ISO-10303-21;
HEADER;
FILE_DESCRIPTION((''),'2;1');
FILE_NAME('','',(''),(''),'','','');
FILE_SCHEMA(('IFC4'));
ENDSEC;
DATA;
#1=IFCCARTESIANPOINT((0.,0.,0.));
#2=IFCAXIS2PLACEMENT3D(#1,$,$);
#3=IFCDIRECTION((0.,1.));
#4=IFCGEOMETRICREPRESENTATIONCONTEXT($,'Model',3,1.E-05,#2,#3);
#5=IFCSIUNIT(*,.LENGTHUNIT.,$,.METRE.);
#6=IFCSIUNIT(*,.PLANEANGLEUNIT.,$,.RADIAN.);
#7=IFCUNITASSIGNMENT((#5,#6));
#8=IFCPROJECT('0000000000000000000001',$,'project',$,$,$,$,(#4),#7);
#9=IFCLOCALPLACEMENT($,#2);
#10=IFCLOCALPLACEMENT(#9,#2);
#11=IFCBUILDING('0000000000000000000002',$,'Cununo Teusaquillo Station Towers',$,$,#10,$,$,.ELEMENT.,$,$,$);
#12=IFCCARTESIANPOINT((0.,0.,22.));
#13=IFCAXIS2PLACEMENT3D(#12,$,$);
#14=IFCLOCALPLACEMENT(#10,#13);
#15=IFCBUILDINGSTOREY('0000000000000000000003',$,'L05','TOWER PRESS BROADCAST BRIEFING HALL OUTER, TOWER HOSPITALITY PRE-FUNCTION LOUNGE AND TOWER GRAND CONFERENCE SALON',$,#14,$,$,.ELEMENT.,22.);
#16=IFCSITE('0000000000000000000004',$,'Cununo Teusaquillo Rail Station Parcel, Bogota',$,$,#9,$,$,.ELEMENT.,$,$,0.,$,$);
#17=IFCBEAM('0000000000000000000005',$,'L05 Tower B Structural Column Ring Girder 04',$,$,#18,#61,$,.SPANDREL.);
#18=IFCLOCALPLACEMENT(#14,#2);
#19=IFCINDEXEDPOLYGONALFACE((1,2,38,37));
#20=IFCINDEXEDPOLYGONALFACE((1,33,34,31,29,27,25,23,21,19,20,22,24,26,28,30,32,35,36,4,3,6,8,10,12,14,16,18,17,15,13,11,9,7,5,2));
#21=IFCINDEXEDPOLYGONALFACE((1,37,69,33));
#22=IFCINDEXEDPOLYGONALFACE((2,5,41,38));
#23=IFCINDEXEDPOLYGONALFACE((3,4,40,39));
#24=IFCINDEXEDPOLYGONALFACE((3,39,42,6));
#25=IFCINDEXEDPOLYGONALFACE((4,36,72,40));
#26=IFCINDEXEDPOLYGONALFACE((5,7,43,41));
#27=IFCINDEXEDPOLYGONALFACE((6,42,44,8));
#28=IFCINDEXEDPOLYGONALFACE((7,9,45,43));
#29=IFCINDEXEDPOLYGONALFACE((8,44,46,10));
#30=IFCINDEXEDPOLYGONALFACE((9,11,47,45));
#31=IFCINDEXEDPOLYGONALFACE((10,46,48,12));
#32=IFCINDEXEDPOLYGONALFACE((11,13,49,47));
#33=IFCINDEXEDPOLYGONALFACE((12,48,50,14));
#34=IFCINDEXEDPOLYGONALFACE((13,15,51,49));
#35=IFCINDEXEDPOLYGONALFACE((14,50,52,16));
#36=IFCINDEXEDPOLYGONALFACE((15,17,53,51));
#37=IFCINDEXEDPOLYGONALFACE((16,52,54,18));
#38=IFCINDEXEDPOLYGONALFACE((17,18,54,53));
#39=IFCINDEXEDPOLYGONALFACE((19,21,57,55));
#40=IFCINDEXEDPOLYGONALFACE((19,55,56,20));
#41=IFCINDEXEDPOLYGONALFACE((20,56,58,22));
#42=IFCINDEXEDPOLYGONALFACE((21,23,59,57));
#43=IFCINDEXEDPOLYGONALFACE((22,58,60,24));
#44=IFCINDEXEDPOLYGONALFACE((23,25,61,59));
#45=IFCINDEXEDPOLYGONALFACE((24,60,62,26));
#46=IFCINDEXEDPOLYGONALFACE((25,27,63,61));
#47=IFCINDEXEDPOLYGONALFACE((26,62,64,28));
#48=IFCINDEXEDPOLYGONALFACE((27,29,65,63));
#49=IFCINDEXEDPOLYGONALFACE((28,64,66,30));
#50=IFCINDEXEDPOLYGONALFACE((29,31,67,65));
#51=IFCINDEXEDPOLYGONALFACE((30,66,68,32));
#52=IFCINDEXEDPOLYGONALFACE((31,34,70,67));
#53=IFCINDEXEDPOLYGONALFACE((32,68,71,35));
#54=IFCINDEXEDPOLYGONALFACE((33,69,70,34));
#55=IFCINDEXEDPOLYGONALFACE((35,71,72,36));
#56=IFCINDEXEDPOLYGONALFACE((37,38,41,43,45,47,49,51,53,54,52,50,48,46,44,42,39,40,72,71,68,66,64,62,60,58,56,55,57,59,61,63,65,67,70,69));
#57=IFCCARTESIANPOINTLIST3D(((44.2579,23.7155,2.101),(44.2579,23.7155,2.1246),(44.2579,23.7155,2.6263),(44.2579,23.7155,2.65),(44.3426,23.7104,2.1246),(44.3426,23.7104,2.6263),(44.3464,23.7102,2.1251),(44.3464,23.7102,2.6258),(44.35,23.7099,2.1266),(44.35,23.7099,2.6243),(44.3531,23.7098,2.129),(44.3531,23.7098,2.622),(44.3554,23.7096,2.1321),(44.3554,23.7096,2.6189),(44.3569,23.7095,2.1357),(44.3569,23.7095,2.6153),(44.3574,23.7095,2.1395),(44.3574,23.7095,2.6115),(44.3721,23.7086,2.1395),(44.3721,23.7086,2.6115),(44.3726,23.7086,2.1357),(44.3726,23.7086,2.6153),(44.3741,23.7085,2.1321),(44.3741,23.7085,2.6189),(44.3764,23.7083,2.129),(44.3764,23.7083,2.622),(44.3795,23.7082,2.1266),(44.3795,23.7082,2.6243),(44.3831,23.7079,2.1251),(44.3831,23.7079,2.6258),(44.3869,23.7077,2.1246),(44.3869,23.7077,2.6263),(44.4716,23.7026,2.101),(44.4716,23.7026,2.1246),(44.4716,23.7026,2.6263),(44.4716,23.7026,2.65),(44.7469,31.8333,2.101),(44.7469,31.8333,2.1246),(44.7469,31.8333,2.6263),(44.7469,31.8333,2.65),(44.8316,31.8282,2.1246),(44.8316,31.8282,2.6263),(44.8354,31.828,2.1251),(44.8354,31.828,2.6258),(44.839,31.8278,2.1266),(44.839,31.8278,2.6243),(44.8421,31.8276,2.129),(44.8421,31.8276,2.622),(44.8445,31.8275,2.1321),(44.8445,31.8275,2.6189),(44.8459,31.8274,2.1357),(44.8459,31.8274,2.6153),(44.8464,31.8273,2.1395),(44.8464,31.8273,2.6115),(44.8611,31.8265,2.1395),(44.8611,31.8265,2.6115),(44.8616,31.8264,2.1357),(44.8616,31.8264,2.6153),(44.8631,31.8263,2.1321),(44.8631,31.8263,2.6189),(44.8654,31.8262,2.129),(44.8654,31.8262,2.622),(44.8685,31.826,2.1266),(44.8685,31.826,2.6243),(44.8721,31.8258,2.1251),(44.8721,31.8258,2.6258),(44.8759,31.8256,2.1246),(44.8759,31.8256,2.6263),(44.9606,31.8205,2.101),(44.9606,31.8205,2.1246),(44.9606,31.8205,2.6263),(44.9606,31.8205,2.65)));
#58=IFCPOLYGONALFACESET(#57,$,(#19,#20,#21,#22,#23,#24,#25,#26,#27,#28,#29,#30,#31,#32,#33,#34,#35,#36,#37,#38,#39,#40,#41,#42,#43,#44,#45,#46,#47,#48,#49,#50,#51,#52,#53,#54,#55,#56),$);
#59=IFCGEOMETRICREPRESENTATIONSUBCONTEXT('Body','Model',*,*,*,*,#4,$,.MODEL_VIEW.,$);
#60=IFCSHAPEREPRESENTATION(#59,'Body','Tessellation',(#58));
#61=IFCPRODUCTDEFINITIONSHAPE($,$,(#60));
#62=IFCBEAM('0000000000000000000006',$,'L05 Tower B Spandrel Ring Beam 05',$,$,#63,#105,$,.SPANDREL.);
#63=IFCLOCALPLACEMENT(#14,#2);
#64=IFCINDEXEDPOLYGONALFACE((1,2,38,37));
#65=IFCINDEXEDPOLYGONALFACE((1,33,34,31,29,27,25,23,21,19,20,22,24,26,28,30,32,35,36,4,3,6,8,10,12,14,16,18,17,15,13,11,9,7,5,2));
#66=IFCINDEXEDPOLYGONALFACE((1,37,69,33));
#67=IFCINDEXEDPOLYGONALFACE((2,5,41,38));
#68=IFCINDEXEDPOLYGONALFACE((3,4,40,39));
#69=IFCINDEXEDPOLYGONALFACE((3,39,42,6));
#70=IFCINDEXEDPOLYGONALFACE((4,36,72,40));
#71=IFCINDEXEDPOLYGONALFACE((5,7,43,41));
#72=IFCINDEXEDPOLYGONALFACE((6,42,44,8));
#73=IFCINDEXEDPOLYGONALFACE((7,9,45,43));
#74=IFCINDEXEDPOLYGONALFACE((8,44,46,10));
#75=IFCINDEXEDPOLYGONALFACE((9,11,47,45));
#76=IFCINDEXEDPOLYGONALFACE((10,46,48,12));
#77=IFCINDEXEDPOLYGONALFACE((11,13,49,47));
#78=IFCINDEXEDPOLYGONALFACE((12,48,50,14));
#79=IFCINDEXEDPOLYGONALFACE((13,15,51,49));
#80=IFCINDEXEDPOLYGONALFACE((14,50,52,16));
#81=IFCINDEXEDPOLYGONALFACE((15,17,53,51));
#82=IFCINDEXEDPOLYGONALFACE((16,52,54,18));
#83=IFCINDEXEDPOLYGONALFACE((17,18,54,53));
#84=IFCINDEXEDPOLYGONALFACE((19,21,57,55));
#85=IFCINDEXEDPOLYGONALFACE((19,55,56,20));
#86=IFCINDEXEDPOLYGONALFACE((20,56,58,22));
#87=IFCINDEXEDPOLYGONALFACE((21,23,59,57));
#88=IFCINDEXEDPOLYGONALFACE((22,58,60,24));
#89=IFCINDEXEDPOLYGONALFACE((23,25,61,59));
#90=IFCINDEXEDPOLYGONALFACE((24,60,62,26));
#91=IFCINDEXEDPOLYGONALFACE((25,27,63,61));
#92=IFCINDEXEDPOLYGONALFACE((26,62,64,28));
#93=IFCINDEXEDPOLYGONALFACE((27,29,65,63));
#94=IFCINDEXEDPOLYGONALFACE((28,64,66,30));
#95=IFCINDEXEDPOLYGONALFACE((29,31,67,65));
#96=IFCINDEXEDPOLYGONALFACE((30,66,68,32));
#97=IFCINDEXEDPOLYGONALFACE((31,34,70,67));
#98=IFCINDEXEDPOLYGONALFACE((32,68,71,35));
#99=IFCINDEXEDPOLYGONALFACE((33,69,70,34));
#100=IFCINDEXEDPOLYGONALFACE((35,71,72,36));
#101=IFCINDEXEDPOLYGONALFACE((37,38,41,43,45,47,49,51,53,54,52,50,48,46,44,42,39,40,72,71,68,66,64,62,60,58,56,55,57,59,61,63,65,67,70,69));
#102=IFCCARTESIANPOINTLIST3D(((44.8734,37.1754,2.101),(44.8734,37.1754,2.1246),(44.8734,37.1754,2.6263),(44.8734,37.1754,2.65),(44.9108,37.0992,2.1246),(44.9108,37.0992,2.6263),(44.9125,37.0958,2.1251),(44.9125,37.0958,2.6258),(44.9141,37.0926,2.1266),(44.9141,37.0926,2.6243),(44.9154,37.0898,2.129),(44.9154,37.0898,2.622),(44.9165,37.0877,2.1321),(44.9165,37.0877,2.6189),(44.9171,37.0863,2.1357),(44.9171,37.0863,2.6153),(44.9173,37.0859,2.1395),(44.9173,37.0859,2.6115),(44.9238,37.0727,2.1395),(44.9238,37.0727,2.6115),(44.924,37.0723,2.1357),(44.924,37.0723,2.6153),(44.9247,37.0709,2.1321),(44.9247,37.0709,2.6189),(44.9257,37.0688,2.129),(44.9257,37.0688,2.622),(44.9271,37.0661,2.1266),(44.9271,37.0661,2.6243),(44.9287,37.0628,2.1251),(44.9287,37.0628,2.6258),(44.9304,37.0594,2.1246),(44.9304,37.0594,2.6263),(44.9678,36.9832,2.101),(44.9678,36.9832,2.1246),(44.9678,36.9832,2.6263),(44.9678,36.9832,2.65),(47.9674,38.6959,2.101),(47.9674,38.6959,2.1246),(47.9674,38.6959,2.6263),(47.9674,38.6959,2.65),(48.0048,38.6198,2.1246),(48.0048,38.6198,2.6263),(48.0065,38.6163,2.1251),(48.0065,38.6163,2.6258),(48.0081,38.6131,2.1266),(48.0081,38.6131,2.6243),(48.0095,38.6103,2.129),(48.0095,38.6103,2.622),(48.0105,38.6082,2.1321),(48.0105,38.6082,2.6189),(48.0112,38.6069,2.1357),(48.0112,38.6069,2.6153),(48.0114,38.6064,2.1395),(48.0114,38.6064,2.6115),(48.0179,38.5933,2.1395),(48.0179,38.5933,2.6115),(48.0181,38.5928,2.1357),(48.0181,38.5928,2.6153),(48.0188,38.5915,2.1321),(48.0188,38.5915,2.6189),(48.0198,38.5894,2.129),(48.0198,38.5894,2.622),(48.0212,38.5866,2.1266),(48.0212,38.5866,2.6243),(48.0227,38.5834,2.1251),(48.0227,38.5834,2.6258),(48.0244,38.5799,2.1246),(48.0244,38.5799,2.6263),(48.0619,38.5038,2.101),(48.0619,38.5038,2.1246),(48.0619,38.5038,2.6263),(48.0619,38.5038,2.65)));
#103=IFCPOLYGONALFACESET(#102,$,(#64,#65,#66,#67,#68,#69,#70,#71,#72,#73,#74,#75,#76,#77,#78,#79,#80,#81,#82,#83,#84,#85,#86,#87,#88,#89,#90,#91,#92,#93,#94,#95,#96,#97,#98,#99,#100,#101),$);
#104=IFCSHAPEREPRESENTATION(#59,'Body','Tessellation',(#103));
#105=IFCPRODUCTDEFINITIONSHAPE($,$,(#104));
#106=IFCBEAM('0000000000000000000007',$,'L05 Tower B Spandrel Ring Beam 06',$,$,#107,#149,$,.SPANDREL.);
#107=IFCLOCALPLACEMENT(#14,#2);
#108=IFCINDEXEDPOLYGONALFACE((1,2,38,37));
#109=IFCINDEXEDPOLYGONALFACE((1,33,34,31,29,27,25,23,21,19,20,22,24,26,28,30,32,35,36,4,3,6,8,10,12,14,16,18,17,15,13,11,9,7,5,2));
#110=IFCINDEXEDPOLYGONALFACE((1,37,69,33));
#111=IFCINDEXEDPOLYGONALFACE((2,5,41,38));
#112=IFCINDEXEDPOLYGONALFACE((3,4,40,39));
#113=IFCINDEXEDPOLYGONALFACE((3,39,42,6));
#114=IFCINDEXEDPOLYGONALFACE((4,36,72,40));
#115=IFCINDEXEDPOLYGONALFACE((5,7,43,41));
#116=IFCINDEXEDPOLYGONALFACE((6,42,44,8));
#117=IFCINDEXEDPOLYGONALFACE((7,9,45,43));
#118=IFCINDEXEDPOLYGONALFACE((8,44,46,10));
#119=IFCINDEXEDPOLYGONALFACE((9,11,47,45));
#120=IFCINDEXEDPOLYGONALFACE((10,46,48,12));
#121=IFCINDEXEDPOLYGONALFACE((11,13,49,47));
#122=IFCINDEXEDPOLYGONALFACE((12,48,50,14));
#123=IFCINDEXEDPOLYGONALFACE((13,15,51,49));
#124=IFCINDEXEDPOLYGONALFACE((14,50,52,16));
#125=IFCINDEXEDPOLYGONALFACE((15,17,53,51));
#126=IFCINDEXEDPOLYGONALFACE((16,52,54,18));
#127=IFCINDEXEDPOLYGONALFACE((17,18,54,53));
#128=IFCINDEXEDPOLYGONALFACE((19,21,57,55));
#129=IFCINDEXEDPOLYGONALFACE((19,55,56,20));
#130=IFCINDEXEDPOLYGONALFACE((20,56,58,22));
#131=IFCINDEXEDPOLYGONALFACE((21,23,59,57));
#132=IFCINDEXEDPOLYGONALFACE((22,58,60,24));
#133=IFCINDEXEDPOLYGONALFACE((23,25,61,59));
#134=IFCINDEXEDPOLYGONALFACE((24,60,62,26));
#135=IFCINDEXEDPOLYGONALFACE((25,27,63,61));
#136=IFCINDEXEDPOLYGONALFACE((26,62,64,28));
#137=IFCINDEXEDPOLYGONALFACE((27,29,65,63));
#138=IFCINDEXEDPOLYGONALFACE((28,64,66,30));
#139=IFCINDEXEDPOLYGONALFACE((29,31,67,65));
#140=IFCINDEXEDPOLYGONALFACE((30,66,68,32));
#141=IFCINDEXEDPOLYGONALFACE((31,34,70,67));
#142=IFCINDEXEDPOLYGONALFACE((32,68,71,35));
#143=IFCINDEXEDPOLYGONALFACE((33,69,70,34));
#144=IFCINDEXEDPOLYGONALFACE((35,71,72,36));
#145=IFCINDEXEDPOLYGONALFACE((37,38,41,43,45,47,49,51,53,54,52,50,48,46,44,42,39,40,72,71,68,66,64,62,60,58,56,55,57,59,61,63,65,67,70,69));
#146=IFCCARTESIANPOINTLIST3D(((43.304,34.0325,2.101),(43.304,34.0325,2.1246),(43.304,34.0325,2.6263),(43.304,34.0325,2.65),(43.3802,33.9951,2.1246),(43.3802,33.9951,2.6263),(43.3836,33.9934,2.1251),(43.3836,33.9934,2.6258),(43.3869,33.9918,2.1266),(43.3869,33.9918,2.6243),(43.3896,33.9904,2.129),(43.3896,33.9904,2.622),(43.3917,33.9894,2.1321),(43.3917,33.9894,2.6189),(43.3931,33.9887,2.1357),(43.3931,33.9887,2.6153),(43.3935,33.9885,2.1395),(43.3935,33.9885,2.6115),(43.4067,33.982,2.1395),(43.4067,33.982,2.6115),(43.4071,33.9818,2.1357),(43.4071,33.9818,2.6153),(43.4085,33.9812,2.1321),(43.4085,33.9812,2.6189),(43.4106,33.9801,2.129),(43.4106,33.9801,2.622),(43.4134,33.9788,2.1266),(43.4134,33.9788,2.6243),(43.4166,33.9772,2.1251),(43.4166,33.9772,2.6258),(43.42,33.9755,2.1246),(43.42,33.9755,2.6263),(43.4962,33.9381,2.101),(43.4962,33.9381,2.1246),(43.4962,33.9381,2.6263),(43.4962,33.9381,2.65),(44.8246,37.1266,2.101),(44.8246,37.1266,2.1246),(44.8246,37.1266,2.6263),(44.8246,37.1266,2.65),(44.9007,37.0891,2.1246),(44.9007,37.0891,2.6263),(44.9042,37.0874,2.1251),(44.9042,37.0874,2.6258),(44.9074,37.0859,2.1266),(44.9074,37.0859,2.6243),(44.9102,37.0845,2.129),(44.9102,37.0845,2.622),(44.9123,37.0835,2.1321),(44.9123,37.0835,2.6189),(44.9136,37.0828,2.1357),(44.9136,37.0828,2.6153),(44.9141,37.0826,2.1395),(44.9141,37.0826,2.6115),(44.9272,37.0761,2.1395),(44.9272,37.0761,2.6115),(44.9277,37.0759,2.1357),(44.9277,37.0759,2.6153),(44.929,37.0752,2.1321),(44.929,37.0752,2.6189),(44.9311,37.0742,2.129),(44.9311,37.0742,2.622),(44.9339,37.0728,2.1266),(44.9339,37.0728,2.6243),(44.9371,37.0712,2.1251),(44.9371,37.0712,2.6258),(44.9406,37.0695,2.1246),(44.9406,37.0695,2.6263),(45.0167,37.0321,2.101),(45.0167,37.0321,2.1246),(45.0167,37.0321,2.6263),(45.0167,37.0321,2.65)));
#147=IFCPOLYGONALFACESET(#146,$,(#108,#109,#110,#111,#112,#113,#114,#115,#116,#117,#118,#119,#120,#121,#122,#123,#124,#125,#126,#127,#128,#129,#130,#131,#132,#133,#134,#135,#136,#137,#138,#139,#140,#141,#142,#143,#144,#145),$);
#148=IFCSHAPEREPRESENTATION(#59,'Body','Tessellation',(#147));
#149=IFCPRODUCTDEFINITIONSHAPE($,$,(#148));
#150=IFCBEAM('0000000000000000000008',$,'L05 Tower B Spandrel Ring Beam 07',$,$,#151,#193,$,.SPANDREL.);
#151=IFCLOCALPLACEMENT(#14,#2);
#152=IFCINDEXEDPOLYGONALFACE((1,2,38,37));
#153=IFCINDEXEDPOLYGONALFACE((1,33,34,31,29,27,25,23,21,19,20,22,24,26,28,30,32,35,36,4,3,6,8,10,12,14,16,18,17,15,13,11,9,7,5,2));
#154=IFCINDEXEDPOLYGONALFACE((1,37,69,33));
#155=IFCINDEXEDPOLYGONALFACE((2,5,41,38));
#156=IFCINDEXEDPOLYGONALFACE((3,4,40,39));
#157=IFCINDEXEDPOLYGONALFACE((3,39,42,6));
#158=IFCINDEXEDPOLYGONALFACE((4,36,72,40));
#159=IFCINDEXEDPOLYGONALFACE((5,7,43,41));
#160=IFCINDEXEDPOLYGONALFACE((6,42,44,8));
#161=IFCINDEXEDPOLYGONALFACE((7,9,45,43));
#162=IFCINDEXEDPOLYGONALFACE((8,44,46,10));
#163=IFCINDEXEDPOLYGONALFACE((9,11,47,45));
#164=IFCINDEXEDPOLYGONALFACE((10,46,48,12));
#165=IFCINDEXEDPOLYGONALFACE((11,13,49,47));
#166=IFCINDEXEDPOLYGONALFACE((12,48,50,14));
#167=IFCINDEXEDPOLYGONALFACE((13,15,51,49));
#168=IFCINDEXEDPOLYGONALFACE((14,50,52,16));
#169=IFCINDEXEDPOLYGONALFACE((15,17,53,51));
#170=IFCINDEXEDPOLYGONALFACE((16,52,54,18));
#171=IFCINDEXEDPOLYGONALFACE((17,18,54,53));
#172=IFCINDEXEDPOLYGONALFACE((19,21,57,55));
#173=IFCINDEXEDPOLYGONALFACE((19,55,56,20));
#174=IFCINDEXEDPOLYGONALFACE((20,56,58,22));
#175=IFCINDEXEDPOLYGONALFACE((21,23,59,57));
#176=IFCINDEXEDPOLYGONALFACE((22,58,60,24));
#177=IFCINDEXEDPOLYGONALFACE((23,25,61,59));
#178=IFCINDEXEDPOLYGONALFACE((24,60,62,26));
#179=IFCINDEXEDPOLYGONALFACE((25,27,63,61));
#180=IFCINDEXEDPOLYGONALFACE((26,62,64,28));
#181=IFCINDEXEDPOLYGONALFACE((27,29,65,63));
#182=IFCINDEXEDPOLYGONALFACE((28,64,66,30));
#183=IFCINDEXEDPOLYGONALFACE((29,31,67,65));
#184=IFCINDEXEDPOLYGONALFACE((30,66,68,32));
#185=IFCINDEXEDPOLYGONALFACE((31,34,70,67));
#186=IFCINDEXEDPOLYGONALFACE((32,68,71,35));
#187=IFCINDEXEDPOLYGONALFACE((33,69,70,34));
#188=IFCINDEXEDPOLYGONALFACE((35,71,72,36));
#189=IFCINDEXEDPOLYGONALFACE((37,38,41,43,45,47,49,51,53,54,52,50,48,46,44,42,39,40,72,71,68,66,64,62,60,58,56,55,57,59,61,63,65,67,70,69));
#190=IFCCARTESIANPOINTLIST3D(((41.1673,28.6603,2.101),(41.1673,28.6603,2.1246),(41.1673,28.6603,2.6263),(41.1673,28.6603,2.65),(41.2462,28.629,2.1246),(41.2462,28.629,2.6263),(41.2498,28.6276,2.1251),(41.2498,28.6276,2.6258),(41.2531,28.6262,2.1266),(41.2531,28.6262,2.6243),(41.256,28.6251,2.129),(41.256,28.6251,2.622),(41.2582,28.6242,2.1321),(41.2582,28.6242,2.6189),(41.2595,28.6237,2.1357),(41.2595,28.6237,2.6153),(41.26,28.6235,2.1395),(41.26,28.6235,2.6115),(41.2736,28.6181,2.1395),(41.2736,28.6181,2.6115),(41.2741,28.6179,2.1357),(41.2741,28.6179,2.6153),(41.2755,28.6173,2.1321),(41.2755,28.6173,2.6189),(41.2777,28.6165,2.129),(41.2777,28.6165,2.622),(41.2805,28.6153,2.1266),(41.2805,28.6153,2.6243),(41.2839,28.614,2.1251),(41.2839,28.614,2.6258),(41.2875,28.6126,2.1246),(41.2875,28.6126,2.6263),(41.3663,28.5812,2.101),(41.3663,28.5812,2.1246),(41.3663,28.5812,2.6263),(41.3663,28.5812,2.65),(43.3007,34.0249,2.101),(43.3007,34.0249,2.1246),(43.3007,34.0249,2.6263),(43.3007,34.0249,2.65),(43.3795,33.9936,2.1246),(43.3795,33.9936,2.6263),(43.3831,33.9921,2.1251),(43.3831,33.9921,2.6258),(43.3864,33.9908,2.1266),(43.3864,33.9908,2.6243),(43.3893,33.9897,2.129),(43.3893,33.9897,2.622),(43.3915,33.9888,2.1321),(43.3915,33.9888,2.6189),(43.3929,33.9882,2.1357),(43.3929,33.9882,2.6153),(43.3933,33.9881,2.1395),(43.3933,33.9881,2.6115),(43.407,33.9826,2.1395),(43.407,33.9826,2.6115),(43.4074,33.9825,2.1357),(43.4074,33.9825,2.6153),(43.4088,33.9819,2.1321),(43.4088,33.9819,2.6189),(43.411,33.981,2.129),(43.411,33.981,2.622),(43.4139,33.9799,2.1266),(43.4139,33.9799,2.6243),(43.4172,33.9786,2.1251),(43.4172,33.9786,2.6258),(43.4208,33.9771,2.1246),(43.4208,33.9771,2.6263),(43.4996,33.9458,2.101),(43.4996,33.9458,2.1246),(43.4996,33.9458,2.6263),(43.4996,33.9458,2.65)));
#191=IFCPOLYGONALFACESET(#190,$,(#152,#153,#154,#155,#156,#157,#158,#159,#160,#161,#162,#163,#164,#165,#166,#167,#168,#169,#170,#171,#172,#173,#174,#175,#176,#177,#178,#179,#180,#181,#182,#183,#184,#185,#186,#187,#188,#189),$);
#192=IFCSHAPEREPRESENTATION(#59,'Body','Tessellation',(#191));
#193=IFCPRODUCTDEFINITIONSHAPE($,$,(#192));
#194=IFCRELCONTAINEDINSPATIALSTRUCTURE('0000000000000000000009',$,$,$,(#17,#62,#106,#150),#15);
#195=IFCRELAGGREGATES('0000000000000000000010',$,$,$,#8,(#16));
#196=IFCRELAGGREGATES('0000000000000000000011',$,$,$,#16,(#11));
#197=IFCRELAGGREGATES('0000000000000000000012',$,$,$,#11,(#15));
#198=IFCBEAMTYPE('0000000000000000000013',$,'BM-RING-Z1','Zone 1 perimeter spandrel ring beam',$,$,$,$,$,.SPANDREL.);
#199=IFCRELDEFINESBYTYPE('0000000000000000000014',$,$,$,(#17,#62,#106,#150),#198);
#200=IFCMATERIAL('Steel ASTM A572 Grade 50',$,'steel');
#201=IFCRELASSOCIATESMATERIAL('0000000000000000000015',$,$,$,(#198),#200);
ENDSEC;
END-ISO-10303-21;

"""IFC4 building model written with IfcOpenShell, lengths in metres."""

from ifc_helpers import new_model, si_unit, direction, frame, origin, origin_2d, place, context, subcontext, project, spatial, i_section, extrude, material, material_profile, profile_set, type_object, element, save


model = new_model("IFC4")

# Units and contexts
model_context = context("Model", 3, precision=1e-05, world=origin(), true_north=direction((0.0, 1.0)))
body_context = subcontext(model_context, "Body", "Model", "MODEL_VIEW")
ifc_project = project(units=[si_unit("LENGTHUNIT", "METRE"), si_unit("PLANEANGLEUNIT", "RADIAN")], contexts=[model_context])

# Site, building, storey
site_placement = place(None, origin())
site = spatial("IfcSite", under=ifc_project, at=site_placement, Name="Cununo Teusaquillo Rail Station Parcel, Bogota", CompositionType="ELEMENT", RefElevation=0.0)
building_placement = place(site_placement, origin())
building = spatial("IfcBuilding", under=site, at=building_placement, Name="Cununo Teusaquillo Station Towers", CompositionType="ELEMENT")
storey_placement = place(building_placement, frame((0.0, 0.0, 22.0)))
storey = spatial("IfcBuildingStorey", under=building, at=storey_placement, Name="L05", Description="TOWER PRESS BROADCAST BRIEFING HALL OUTER, TOWER HOSPITALITY PRE-FUNCTION LOUNGE AND TOWER GRAND CONFERENCE SALON", CompositionType="ELEMENT", Elevation=22.0)

# Beams
ifc_material_1 = material(Name="Steel ASTM A572 Grade 50", Category="steel")
ifc_material_profile_1 = material_profile(ifc_material_1, i_section(OverallWidth=0.2141, OverallDepth=0.5491, WebThickness=0.0146, FlangeThickness=0.0237, FilletRadius=0.0149, at=origin_2d()), Name="W21X93")
ifc_profile_set_1 = profile_set([ifc_material_profile_1], Name="Steel ASTM A572 Grade 50")
beam_type_1 = type_object("IfcBeamType", Name="BM-RING-Z1", Description="Zone 1 perimeter spandrel ring beam", PredefinedType="SPANDREL", material=ifc_profile_set_1)
beam_1_placement = place(storey_placement, frame((44.8538, 31.8269, 2.3755), z_axis=(-0.06013, -0.998191, 0.0), x_axis=(0.998191, -0.06013, 0.0)))
element("IfcBeam", 1, at=beam_1_placement, inside=storey, type_object=beam_type_1, Name="L05 Tower B Structural Column Ring Girder 04", PredefinedType="SPANDREL", context=body_context, shape_type="SweptSolid", body=[
    extrude(i_section(OverallWidth=0.2141, OverallDepth=0.5491, WebThickness=0.0146, FlangeThickness=0.0237, FilletRadius=0.0149, at=origin_2d()), origin(), (0.0, 0.0, 1.0), 8.1326),
])
for number, where, z_axis, x_axis, name in (
    (2, (48.0146, 38.5999, 2.3755), (-0.89748, -0.441056, 0.0), (0.441056, -0.89748, 0.0), "L05 Tower B Spandrel Ring Beam 05"),
    (3, (44.9207, 37.0793, 2.3755), (-0.441056, -0.89748, 0.0), (0.89748, -0.441056, 0.0), "L05 Tower B Spandrel Ring Beam 06"),
):
    element("IfcBeam", number, at=place(storey_placement, frame(where, z_axis=z_axis, x_axis=x_axis)), inside=storey, type_object=beam_type_1, Name=name, PredefinedType="SPANDREL", context=body_context, shape_type="SweptSolid", body=[
        extrude(i_section(OverallWidth=0.2141, OverallDepth=0.5491, WebThickness=0.0146, FlangeThickness=0.0237, FilletRadius=0.0149, at=origin_2d()), origin(), (0.0, 0.0, 1.0), 3.4475),
    ])
beam_2_placement = place(storey_placement, frame((43.4001, 33.9854, 2.3755), z_axis=(-0.369523, -0.929221, 0.0), x_axis=(0.929221, -0.369523, 0.0)))
element("IfcBeam", 4, at=beam_2_placement, inside=storey, type_object=beam_type_1, Name="L05 Tower B Spandrel Ring Beam 07", PredefinedType="SPANDREL", context=body_context, shape_type="SweptSolid", body=[
    extrude(i_section(OverallWidth=0.2141, OverallDepth=0.5491, WebThickness=0.0146, FlangeThickness=0.0237, FilletRadius=0.0149, at=origin_2d()), origin(), (0.0, 0.0, 1.0), 5.7732),
])

save(model, "model.ifc")
